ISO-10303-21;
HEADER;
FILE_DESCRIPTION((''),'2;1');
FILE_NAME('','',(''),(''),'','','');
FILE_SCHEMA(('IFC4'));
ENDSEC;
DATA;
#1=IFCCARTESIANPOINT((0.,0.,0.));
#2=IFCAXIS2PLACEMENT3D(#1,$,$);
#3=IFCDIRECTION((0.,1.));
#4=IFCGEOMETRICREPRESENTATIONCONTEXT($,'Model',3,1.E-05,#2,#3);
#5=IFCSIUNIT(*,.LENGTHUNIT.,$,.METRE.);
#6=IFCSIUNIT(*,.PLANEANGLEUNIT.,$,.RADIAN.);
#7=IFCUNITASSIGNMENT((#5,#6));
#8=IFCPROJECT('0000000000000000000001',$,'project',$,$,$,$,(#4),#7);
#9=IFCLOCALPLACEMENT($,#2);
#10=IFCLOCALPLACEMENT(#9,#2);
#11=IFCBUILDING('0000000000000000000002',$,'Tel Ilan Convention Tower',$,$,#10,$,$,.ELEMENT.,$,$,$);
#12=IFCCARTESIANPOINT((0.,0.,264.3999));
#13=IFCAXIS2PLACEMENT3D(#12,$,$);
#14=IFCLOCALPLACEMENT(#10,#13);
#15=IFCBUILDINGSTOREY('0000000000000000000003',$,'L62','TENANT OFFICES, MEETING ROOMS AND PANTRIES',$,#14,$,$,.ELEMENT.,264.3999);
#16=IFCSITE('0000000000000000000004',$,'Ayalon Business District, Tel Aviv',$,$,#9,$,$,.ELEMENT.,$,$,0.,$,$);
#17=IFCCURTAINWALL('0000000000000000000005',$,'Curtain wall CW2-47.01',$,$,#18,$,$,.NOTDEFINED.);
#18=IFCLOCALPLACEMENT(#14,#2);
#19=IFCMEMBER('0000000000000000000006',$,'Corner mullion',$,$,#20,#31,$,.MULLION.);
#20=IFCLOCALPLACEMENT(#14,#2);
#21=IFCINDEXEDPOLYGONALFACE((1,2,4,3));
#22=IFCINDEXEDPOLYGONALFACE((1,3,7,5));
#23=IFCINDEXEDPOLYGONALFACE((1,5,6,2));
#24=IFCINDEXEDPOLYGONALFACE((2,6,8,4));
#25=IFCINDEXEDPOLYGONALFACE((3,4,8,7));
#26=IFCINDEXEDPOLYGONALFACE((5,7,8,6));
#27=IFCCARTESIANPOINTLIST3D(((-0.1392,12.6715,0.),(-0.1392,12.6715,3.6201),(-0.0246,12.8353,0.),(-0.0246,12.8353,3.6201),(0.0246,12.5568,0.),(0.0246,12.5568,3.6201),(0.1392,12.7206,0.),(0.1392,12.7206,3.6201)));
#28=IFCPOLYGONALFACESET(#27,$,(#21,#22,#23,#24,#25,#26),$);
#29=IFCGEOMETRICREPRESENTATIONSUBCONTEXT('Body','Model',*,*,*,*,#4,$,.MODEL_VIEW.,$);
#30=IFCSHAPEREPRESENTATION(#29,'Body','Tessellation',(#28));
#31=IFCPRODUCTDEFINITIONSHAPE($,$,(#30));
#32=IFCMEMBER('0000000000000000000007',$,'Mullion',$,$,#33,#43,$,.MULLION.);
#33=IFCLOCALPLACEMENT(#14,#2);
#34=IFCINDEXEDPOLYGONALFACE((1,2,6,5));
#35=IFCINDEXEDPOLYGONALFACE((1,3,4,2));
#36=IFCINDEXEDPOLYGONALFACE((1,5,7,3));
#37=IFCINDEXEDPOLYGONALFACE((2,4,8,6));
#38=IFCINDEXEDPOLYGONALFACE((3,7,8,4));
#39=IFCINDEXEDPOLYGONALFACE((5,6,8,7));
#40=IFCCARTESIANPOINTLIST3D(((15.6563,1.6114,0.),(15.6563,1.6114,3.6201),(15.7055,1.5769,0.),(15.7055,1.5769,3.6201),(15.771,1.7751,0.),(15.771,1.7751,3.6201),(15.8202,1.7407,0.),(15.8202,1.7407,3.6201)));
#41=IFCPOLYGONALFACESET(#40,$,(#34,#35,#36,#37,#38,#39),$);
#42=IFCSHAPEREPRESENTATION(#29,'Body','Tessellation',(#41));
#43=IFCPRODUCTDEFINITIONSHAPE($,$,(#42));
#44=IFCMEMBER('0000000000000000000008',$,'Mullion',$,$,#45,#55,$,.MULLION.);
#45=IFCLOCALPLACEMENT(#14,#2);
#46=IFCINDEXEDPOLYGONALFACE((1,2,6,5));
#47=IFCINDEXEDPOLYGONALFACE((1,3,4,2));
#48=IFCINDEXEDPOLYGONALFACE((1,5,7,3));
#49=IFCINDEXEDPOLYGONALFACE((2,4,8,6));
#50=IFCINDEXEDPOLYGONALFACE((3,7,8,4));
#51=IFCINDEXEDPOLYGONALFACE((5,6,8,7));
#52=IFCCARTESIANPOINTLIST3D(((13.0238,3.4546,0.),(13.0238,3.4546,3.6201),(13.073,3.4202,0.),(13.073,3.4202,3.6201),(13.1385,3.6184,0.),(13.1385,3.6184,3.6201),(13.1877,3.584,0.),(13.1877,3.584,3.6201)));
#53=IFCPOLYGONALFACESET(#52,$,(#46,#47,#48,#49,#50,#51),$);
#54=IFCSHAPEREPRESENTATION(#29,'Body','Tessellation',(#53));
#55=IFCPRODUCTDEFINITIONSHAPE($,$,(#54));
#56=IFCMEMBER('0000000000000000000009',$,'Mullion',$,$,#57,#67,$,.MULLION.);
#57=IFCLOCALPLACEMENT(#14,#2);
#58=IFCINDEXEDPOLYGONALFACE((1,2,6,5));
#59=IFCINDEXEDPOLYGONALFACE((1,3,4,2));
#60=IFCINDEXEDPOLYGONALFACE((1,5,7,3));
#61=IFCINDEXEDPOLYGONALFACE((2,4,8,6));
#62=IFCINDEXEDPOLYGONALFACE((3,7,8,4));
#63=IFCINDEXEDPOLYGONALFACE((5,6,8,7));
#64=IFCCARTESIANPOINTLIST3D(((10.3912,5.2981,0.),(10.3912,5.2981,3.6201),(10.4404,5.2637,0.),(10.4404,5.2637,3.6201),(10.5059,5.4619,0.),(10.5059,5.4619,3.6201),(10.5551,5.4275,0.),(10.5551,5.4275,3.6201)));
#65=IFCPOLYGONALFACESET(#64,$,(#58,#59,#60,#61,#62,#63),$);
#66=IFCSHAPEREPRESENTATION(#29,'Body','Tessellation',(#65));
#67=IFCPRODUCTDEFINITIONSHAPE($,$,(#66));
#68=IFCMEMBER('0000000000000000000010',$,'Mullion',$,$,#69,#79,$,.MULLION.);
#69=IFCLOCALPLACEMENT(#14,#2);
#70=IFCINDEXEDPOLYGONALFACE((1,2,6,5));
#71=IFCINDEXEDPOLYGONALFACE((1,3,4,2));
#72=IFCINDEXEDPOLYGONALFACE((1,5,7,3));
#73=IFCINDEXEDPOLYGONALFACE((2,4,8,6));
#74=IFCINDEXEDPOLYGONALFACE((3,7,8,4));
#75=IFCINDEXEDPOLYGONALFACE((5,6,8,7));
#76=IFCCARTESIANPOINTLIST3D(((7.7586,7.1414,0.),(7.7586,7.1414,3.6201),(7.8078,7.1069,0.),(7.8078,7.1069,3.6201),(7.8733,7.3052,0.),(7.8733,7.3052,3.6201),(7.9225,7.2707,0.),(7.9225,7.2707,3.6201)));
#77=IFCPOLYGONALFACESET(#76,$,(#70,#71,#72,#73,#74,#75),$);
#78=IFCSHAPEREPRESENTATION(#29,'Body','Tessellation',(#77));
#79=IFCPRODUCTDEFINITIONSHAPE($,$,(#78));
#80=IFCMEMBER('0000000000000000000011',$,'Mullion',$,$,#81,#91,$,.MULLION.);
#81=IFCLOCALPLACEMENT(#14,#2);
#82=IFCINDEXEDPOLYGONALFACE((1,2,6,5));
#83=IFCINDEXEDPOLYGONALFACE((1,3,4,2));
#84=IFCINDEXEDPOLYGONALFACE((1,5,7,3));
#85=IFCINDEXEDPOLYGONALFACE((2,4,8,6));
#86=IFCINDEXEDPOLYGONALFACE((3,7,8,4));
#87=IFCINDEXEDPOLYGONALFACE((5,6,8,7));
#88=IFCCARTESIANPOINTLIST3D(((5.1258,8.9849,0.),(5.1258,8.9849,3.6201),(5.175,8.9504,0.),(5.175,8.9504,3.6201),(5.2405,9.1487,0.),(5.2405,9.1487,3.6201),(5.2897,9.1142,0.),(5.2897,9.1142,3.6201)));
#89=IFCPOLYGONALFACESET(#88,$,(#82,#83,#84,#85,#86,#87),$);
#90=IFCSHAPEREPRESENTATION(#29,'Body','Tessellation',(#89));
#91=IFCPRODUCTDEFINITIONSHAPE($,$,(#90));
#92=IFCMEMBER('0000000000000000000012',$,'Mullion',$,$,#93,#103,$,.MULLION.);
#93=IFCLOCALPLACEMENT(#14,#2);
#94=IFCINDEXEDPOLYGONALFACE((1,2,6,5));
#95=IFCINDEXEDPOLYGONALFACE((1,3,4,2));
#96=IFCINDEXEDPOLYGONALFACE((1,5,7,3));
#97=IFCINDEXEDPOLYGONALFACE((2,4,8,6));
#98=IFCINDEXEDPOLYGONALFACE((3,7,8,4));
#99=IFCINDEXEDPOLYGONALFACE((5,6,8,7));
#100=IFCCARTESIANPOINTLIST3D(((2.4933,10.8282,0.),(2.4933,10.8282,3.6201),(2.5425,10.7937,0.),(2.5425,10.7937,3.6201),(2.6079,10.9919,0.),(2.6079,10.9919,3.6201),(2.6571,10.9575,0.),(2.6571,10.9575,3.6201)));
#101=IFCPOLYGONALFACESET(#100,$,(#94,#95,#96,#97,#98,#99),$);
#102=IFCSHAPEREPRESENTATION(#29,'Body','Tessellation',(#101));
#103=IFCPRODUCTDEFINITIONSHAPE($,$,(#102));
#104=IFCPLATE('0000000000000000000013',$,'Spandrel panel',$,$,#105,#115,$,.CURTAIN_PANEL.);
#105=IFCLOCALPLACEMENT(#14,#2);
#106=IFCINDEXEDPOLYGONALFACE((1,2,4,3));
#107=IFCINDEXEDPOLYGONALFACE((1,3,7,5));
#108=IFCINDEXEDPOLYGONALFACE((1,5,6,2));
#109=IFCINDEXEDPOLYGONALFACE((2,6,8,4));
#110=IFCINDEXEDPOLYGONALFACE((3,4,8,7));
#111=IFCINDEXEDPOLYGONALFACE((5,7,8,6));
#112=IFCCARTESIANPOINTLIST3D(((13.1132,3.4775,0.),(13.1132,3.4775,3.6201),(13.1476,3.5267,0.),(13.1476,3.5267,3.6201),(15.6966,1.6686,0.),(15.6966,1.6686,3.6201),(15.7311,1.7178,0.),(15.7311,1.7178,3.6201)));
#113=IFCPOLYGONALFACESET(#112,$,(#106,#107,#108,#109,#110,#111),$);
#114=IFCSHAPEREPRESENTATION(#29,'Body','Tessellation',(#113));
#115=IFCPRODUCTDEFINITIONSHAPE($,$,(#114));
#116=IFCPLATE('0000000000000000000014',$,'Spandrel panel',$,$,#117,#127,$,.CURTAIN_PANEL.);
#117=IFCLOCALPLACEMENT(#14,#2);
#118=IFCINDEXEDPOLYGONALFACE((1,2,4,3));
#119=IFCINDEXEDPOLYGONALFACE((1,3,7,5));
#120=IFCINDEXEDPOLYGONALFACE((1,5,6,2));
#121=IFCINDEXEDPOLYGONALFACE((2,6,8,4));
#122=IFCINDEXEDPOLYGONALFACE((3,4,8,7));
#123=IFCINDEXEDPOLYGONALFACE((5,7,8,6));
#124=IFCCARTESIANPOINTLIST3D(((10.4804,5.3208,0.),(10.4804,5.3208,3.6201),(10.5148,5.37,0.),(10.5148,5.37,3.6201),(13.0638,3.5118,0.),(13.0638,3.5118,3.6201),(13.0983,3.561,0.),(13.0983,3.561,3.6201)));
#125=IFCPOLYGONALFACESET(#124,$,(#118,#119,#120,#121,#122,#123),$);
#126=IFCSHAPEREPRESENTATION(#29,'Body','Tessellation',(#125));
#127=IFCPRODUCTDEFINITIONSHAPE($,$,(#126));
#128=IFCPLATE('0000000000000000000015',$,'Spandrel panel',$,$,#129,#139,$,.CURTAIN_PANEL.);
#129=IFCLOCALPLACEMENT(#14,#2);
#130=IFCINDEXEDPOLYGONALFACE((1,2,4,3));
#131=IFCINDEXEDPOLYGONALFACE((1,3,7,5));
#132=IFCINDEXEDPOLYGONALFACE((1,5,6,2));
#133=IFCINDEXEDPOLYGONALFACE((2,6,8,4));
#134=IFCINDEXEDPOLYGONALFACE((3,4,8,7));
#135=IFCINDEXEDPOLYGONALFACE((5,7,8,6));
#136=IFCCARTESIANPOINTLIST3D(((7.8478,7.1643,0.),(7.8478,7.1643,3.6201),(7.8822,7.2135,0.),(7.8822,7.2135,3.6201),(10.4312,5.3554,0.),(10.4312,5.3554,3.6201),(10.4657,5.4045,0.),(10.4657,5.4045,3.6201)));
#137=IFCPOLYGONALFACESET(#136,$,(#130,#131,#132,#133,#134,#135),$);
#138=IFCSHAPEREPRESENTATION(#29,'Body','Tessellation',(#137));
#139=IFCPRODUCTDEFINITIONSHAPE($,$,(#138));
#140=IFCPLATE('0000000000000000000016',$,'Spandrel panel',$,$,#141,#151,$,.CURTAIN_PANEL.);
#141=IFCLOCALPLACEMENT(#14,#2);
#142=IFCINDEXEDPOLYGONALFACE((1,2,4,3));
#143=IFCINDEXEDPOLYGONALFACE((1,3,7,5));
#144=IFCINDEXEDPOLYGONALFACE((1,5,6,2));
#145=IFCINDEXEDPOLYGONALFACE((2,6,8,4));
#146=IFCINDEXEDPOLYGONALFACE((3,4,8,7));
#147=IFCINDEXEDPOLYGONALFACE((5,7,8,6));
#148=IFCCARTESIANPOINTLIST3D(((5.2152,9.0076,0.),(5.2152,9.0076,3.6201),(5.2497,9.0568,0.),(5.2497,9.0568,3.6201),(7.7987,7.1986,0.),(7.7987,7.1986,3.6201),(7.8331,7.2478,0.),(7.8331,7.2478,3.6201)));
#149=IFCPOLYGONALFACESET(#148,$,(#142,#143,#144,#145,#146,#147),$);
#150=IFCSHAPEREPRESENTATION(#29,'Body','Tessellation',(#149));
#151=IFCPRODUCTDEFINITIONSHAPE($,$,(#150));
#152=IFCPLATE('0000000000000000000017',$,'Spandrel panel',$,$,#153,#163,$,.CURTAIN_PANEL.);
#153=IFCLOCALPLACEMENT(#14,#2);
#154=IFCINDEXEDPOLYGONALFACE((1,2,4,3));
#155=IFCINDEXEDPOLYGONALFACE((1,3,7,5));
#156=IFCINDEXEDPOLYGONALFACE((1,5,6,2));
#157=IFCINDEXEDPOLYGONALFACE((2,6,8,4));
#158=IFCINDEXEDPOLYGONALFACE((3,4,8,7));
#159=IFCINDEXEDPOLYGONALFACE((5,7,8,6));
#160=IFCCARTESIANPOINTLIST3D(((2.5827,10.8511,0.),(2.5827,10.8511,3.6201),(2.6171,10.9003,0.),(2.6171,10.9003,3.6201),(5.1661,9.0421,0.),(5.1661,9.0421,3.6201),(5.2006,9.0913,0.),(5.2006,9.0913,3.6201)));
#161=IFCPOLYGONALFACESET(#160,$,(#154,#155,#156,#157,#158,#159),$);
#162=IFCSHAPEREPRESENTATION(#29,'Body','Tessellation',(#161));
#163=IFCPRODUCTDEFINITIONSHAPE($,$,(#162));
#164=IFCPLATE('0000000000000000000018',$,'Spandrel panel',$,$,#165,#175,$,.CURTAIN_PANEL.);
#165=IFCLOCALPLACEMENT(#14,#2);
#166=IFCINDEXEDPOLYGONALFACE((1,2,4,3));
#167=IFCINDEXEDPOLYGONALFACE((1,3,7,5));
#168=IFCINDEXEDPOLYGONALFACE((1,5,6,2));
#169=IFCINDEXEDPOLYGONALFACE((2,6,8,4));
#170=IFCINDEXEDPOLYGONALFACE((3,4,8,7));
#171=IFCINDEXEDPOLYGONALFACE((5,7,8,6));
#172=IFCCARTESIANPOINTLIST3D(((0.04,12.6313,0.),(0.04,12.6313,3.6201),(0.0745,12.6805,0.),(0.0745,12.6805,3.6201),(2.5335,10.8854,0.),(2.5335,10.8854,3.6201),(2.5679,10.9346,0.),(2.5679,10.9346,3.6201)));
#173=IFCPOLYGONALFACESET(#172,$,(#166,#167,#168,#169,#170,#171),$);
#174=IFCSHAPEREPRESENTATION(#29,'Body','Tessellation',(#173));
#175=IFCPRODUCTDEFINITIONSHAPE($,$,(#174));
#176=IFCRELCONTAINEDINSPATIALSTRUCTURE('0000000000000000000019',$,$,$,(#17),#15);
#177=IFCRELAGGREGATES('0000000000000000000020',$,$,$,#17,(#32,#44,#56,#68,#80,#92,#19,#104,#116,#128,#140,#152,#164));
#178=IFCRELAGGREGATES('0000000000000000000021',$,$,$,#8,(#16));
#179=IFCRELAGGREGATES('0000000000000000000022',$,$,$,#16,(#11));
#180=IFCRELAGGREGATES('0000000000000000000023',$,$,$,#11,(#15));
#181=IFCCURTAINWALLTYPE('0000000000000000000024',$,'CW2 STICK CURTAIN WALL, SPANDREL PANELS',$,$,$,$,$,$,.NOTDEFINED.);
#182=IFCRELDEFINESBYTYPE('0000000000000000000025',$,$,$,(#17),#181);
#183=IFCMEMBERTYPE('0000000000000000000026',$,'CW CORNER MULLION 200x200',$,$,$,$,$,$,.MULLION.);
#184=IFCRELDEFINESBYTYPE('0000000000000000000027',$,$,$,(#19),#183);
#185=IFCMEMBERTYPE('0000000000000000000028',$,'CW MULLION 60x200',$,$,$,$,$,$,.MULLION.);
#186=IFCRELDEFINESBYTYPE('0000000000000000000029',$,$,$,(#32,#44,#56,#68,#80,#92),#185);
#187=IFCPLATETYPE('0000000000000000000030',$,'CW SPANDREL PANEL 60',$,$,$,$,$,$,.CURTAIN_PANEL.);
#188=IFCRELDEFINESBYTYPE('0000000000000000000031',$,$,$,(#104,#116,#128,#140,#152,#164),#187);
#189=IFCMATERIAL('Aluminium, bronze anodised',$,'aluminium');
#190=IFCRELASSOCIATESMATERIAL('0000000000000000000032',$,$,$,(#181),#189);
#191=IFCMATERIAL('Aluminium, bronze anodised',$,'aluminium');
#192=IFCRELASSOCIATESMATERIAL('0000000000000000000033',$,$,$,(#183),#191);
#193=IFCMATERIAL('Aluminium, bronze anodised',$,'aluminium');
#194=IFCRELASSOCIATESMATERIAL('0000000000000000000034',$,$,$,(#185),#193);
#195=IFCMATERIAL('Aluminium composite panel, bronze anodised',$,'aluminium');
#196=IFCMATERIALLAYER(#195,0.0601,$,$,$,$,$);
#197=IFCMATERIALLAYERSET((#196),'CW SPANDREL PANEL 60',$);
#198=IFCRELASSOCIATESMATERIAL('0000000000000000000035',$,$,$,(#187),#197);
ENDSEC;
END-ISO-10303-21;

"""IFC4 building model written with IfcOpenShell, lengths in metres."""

from ifc_helpers import new_model, si_unit, direction, frame, origin, origin_2d, place, context, subcontext, project, spatial, rectangle, extrude, material, layer, layer_set, material_profile, profile_set, type_object, element, aggregate, save


model = new_model("IFC4")

# Units and contexts
model_context = context("Model", 3, precision=1e-05, world=origin(), true_north=direction((0.0, 1.0)))
body_context = subcontext(model_context, "Body", "Model", "MODEL_VIEW")
ifc_project = project(units=[si_unit("LENGTHUNIT", "METRE"), si_unit("PLANEANGLEUNIT", "RADIAN")], contexts=[model_context])

# Site, building, storey
site_placement = place(None, origin())
site = spatial("IfcSite", under=ifc_project, at=site_placement, Name="Ayalon Business District, Tel Aviv", CompositionType="ELEMENT", RefElevation=0.0)
building_placement = place(site_placement, origin())
building = spatial("IfcBuilding", under=site, at=building_placement, Name="Tel Ilan Convention Tower", CompositionType="ELEMENT")
storey_placement = place(building_placement, frame((0.0, 0.0, 264.3999)))
storey = spatial("IfcBuildingStorey", under=building, at=storey_placement, Name="L62", Description="TENANT OFFICES, MEETING ROOMS AND PANTRIES", CompositionType="ELEMENT", Elevation=264.3999)

# Curtain wall, members, plates
ifc_material_1 = material(Name="Aluminium, bronze anodised", Category="aluminium")
curtain_wall_type = type_object("IfcCurtainWallType", Name="CW2 STICK CURTAIN WALL, SPANDREL PANELS", PredefinedType="NOTDEFINED", material=ifc_material_1)
curtain_wall_placement = place(storey_placement, origin())
curtain_wall = element("IfcCurtainWall", 1, at=curtain_wall_placement, inside=storey, type_object=curtain_wall_type, Name="Curtain wall CW2-47.01", PredefinedType="NOTDEFINED")
ifc_material_2 = material(Name="Aluminium, bronze anodised", Category="aluminium")
ifc_material_profile_1 = material_profile(ifc_material_2, rectangle(XDim=0.2, YDim=0.2, at=origin_2d()), Name="CW CORNER MULLION 200x200")
ifc_profile_set_1 = profile_set([ifc_material_profile_1], Name="Aluminium, bronze anodised")
member_type_1 = type_object("IfcMemberType", Name="CW CORNER MULLION 200x200", PredefinedType="MULLION", material=ifc_profile_set_1)
member_1_placement = place(storey_placement, frame((0.0, 12.696, 0.0), z_axis=(0.0, 0.0, 1.0), x_axis=(-0.819152, 0.573576, 0.0)))
member_1 = element("IfcMember", 2, at=member_1_placement, type_object=member_type_1, Name="Corner mullion", PredefinedType="MULLION", context=body_context, shape_type="SweptSolid", body=[
    extrude(rectangle(XDim=0.2, YDim=0.2, at=origin_2d()), origin(), (0.0, 0.0, 1.0), 3.6201),
])
ifc_material_3 = material(Name="Aluminium, bronze anodised", Category="aluminium")
ifc_material_profile_2 = material_profile(ifc_material_3, rectangle(XDim=0.0601, YDim=0.2, at=origin_2d()), Name="CW MULLION 60x200")
ifc_profile_set_2 = profile_set([ifc_material_profile_2], Name="Aluminium, bronze anodised")
member_type_2 = type_object("IfcMemberType", Name="CW MULLION 60x200", PredefinedType="MULLION", material=ifc_profile_set_2)
member_2_placement = place(storey_placement, frame((15.7383, 1.676, 0.0), z_axis=(0.0, 0.0, 1.0), x_axis=(-0.819152, 0.573576, 0.0)))
member_2 = element("IfcMember", 3, at=member_2_placement, type_object=member_type_2, Name="Mullion", PredefinedType="MULLION", context=body_context, shape_type="SweptSolid", body=[
    extrude(rectangle(XDim=0.0601, YDim=0.2, at=origin_2d()), origin(), (0.0, 0.0, 1.0), 3.6201),
])
member_3_placement = place(storey_placement, frame((13.1057, 3.5193, 0.0), z_axis=(0.0, 0.0, 1.0), x_axis=(-0.819152, 0.573576, 0.0)))
member_3 = element("IfcMember", 4, at=member_3_placement, type_object=member_type_2, Name="Mullion", PredefinedType="MULLION", context=body_context, shape_type="SweptSolid", body=[
    extrude(rectangle(XDim=0.0601, YDim=0.2, at=origin_2d()), origin(), (0.0, 0.0, 1.0), 3.6201),
])
member_4_placement = place(storey_placement, frame((10.4731, 5.3628, 0.0), z_axis=(0.0, 0.0, 1.0), x_axis=(-0.819152, 0.573576, 0.0)))
member_4 = element("IfcMember", 5, at=member_4_placement, type_object=member_type_2, Name="Mullion", PredefinedType="MULLION", context=body_context, shape_type="SweptSolid", body=[
    extrude(rectangle(XDim=0.0601, YDim=0.2, at=origin_2d()), origin(), (0.0, 0.0, 1.0), 3.6201),
])
member_5_placement = place(storey_placement, frame((7.8406, 7.2061, 0.0), z_axis=(0.0, 0.0, 1.0), x_axis=(-0.819152, 0.573576, 0.0)))
member_5 = element("IfcMember", 6, at=member_5_placement, type_object=member_type_2, Name="Mullion", PredefinedType="MULLION", context=body_context, shape_type="SweptSolid", body=[
    extrude(rectangle(XDim=0.0601, YDim=0.2, at=origin_2d()), origin(), (0.0, 0.0, 1.0), 3.6201),
])
member_6_placement = place(storey_placement, frame((5.2078, 9.0496, 0.0), z_axis=(0.0, 0.0, 1.0), x_axis=(-0.819152, 0.573576, 0.0)))
member_6 = element("IfcMember", 7, at=member_6_placement, type_object=member_type_2, Name="Mullion", PredefinedType="MULLION", context=body_context, shape_type="SweptSolid", body=[
    extrude(rectangle(XDim=0.0601, YDim=0.2, at=origin_2d()), origin(), (0.0, 0.0, 1.0), 3.6201),
])
member_7_placement = place(storey_placement, frame((2.5752, 10.8928, 0.0), z_axis=(0.0, 0.0, 1.0), x_axis=(-0.819152, 0.573576, 0.0)))
member_7 = element("IfcMember", 8, at=member_7_placement, type_object=member_type_2, Name="Mullion", PredefinedType="MULLION", context=body_context, shape_type="SweptSolid", body=[
    extrude(rectangle(XDim=0.0601, YDim=0.2, at=origin_2d()), origin(), (0.0, 0.0, 1.0), 3.6201),
])
ifc_material_4 = material(Name="Aluminium composite panel, bronze anodised", Category="aluminium")
ifc_layer_1 = layer(ifc_material_4, 0.0601)
ifc_layer_set_1 = layer_set([ifc_layer_1], Name="CW SPANDREL PANEL 60")
plate_type = type_object("IfcPlateType", Name="CW SPANDREL PANEL 60", PredefinedType="CURTAIN_PANEL", material=ifc_layer_set_1)
plate_1_placement = place(storey_placement, frame((14.4221, 2.5977, 0.0), z_axis=(0.0, 0.0, 1.0), x_axis=(-0.819152, 0.573576, 0.0)))
plate_1 = element("IfcPlate", 9, at=plate_1_placement, type_object=plate_type, Name="Spandrel panel", PredefinedType="CURTAIN_PANEL", context=body_context, shape_type="SweptSolid", body=[
    extrude(rectangle(XDim=3.1538, YDim=0.0601, at=origin_2d()), origin(), (0.0, 0.0, 1.0), 3.6201),
])
plate_2_placement = place(storey_placement, frame((11.7893, 4.4409, 0.0), z_axis=(0.0, 0.0, 1.0), x_axis=(-0.819152, 0.573576, 0.0)))
plate_2 = element("IfcPlate", 10, at=plate_2_placement, type_object=plate_type, Name="Spandrel panel", PredefinedType="CURTAIN_PANEL", context=body_context, shape_type="SweptSolid", body=[
    extrude(rectangle(XDim=3.1538, YDim=0.0601, at=origin_2d()), origin(), (0.0, 0.0, 1.0), 3.6201),
])
plate_3_placement = place(storey_placement, frame((9.1567, 6.2844, 0.0), z_axis=(0.0, 0.0, 1.0), x_axis=(-0.819152, 0.573576, 0.0)))
plate_3 = element("IfcPlate", 11, at=plate_3_placement, type_object=plate_type, Name="Spandrel panel", PredefinedType="CURTAIN_PANEL", context=body_context, shape_type="SweptSolid", body=[
    extrude(rectangle(XDim=3.1538, YDim=0.0601, at=origin_2d()), origin(), (0.0, 0.0, 1.0), 3.6201),
])
plate_4_placement = place(storey_placement, frame((6.5242, 8.1277, 0.0), z_axis=(0.0, 0.0, 1.0), x_axis=(-0.819152, 0.573576, 0.0)))
plate_4 = element("IfcPlate", 12, at=plate_4_placement, type_object=plate_type, Name="Spandrel panel", PredefinedType="CURTAIN_PANEL", context=body_context, shape_type="SweptSolid", body=[
    extrude(rectangle(XDim=3.1538, YDim=0.0601, at=origin_2d()), origin(), (0.0, 0.0, 1.0), 3.6201),
])
plate_5_placement = place(storey_placement, frame((3.8916, 9.9712, 0.0), z_axis=(0.0, 0.0, 1.0), x_axis=(-0.819152, 0.573576, 0.0)))
plate_5 = element("IfcPlate", 13, at=plate_5_placement, type_object=plate_type, Name="Spandrel panel", PredefinedType="CURTAIN_PANEL", context=body_context, shape_type="SweptSolid", body=[
    extrude(rectangle(XDim=3.1538, YDim=0.0601, at=origin_2d()), origin(), (0.0, 0.0, 1.0), 3.6201),
])
plate_6_placement = place(storey_placement, frame((1.304, 11.783, 0.0), z_axis=(0.0, 0.0, 1.0), x_axis=(-0.819152, 0.573576, 0.0)))
plate_6 = element("IfcPlate", 14, at=plate_6_placement, type_object=plate_type, Name="Spandrel panel", PredefinedType="CURTAIN_PANEL", context=body_context, shape_type="SweptSolid", body=[
    extrude(rectangle(XDim=3.0439, YDim=0.0601, at=origin_2d()), origin(), (0.0, 0.0, 1.0), 3.6201),
])
aggregate(curtain_wall, [member_2, member_3, member_4, member_5, member_6, member_7, member_1, plate_1, plate_2, plate_3, plate_4, plate_5, plate_6])

save(model, "model.ifc")
